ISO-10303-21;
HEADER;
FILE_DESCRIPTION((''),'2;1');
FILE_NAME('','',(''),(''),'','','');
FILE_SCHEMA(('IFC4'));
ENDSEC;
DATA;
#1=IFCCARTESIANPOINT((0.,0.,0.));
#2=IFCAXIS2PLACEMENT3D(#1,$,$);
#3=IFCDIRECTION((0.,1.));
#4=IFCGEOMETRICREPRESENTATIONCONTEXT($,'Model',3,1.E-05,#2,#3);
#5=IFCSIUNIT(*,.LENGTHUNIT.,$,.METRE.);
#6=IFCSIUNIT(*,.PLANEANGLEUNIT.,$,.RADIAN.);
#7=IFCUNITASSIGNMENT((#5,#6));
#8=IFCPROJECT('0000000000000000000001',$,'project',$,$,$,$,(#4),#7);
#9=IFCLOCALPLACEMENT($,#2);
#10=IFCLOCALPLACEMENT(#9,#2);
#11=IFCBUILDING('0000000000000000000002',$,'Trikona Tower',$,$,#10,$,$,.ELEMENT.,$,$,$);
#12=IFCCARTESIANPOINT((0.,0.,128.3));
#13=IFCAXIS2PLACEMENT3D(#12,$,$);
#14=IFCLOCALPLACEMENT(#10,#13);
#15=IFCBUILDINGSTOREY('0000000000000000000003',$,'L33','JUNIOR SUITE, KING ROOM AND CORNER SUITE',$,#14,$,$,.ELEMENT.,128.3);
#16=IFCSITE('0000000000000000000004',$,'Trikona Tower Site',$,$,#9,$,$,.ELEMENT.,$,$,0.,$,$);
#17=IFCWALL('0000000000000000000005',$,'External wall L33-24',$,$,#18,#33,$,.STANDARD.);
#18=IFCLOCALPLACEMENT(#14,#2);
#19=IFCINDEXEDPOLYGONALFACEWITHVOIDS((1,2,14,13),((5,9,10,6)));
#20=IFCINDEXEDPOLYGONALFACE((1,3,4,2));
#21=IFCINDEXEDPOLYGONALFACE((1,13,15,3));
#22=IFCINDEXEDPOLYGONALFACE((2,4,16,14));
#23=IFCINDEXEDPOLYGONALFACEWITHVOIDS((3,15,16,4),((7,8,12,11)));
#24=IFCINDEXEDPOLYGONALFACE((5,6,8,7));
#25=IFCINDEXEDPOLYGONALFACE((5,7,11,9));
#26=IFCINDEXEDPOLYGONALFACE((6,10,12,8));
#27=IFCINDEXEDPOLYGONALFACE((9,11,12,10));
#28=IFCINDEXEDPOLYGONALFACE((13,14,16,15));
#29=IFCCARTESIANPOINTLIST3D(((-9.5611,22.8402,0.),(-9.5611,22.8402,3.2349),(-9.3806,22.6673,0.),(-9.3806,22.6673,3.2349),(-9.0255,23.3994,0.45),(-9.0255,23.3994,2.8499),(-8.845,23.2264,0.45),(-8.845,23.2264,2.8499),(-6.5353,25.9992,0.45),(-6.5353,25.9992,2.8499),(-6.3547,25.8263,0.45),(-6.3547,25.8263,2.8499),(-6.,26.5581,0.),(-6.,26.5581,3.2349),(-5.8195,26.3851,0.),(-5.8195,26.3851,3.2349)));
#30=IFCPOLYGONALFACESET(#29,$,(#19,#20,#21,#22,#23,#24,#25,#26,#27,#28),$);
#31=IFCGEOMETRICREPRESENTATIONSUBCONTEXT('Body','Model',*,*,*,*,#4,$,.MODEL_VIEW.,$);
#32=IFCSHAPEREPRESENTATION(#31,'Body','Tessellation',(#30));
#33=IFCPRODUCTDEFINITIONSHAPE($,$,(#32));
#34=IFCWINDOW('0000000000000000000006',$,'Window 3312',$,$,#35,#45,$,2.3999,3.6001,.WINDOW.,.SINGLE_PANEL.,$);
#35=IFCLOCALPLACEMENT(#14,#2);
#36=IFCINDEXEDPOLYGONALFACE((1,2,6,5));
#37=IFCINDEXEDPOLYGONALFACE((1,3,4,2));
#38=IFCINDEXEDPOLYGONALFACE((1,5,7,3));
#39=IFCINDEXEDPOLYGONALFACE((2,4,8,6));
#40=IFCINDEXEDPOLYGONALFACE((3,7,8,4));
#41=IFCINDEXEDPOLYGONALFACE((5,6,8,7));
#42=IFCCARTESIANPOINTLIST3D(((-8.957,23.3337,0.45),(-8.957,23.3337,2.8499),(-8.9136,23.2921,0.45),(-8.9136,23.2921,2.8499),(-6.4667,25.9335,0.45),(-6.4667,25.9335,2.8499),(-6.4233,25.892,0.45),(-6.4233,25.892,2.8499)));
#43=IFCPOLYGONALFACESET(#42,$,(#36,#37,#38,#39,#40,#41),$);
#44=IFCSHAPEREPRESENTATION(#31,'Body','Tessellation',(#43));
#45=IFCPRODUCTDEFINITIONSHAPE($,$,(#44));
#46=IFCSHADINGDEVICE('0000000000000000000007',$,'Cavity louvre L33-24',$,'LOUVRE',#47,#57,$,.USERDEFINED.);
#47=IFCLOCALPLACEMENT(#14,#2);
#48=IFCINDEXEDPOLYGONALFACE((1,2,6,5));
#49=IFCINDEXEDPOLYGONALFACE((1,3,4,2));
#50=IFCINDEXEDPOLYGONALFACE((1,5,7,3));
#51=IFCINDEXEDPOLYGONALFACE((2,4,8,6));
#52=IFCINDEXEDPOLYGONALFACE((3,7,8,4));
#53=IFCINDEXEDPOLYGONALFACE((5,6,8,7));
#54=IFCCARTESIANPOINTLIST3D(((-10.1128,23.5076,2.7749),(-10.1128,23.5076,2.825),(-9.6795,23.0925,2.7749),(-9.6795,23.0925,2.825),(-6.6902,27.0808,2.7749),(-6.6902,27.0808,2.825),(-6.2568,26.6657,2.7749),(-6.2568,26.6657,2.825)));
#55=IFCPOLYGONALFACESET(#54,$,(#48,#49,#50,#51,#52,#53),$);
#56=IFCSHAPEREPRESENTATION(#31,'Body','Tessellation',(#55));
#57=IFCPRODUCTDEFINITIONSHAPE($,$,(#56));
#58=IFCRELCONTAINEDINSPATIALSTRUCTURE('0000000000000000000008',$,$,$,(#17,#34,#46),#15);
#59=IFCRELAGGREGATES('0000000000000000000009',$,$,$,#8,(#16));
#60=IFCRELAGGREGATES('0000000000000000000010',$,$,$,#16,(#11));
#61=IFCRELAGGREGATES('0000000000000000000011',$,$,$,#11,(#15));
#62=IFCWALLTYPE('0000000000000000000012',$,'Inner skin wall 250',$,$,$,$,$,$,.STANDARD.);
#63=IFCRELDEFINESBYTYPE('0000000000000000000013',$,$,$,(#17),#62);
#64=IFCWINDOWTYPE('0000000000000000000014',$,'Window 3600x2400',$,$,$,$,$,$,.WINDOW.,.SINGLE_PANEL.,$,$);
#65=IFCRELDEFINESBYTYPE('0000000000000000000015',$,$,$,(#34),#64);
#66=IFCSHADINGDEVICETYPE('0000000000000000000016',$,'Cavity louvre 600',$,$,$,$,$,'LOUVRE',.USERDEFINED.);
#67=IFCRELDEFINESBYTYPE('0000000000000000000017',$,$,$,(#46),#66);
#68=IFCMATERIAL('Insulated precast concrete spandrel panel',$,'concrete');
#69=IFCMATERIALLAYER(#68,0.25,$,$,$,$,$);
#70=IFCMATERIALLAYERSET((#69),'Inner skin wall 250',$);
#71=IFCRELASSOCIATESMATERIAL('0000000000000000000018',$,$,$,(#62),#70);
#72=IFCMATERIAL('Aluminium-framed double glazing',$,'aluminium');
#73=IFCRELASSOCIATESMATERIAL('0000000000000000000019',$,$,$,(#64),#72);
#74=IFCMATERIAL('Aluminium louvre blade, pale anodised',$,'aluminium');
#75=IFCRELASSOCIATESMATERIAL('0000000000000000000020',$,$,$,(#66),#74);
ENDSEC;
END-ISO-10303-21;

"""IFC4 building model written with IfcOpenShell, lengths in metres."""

from ifc_helpers import new_model, si_unit, direction, frame, frame_2d, origin, origin_2d, place, context, subcontext, project, spatial, rectangle, extrude, material, layer, layer_set, type_object, element, fill, save


model = new_model("IFC4")

# Units and contexts
model_context = context("Model", 3, precision=1e-05, world=origin(), true_north=direction((0.0, 1.0)))
body_context = subcontext(model_context, "Body", "Model", "MODEL_VIEW")
ifc_project = project(units=[si_unit("LENGTHUNIT", "METRE"), si_unit("PLANEANGLEUNIT", "RADIAN")], contexts=[model_context])

# Site, building, storey
site_placement = place(None, origin())
site = spatial("IfcSite", under=ifc_project, at=site_placement, Name="Trikona Tower Site", CompositionType="ELEMENT", RefElevation=0.0)
building_placement = place(site_placement, origin())
building = spatial("IfcBuilding", under=site, at=building_placement, Name="Trikona Tower", CompositionType="ELEMENT")
storey_placement = place(building_placement, frame((0.0, 0.0, 128.3)))
storey = spatial("IfcBuildingStorey", under=building, at=storey_placement, Name="L33", Description="JUNIOR SUITE, KING ROOM AND CORNER SUITE", CompositionType="ELEMENT", Elevation=128.3)

# Wall, opening, window
ifc_material_1 = material(Name="Insulated precast concrete spandrel panel", Category="concrete")
ifc_layer_1 = layer(ifc_material_1, 0.25)
ifc_layer_set_1 = layer_set([ifc_layer_1], Name="Inner skin wall 250")
wall_type_1 = type_object("IfcWallType", Name="Inner skin wall 250", PredefinedType="STANDARD", material=ifc_layer_set_1)
wall_1_placement = place(storey_placement, frame((-5.9097, 26.4717, 0.0), z_axis=(0.0, 0.0, 1.0), x_axis=(-0.69172, -0.722166, 0.0)))
wall_1 = element("IfcWall", 1, at=wall_1_placement, inside=storey, type_object=wall_type_1, Name="External wall L33-24", PredefinedType="STANDARD", context=body_context, shape_type="SweptSolid", body=[
    extrude(rectangle(XDim=5.1482, YDim=0.25, at=frame_2d((2.5742, 0.0))), origin(), (0.0, 0.0, 1.0), 3.2349),
])
opening_1_placement = place(wall_1_placement, frame((0.7739, 0.0, 0.45)))
opening_1 = element("IfcOpeningElement", 2, at=opening_1_placement, cuts=wall_1, PredefinedType="OPENING", context=body_context, shape_type="SweptSolid", body=[
    extrude(rectangle(XDim=3.6001, YDim=2.3999, at=frame_2d((1.8, 1.2))), frame((0.0, 0.135, 0.0), z_axis=(0.0, -1.0, 0.0), x_axis=(1.0, 0.0, 0.0)), (0.0, 0.0, 1.0), 0.27),
])
ifc_material_2 = material(Name="Aluminium-framed double glazing", Category="aluminium")
window_type_1 = type_object("IfcWindowType", Name="Window 3600x2400", PartitioningType="SINGLE_PANEL", PredefinedType="WINDOW", material=ifc_material_2)
window_1_placement = place(opening_1_placement, origin())
window_1 = element("IfcWindow", 3, at=window_1_placement, inside=storey, type_object=window_type_1, Name="Window 3312", OverallHeight=2.3999, OverallWidth=3.6001, PartitioningType="SINGLE_PANEL", PredefinedType="WINDOW", context=body_context, shape_type="SweptSolid", body=[
    extrude(rectangle(XDim=3.6001, YDim=2.3999, at=frame_2d((1.8, 1.2))), frame((0.0, 0.03, 0.0), z_axis=(0.0, -1.0, 0.0), x_axis=(1.0, 0.0, 0.0)), (0.0, 0.0, 1.0), 0.0601),
])
fill(opening_1, window_1)

# Shading device
ifc_material_3 = material(Name="Aluminium louvre blade, pale anodised", Category="aluminium")
shading_device_type = type_object("IfcShadingDeviceType", Name="Cavity louvre 600", ElementType="LOUVRE", PredefinedType="USERDEFINED", material=ifc_material_3)
shading_device_placement = place(storey_placement, frame((-8.1848, 25.0867, 2.7749), z_axis=(0.0, 0.0, 1.0), x_axis=(-0.691724, -0.722162, 0.0)))
element("IfcShadingDevice", 4, at=shading_device_placement, inside=storey, type_object=shading_device_type, Name="Cavity louvre L33-24", ObjectType="LOUVRE", PredefinedType="USERDEFINED", context=body_context, shape_type="SweptSolid", body=[
    extrude(rectangle(XDim=4.948, YDim=0.6001, at=origin_2d()), origin(), (0.0, 0.0, 1.0), 0.05),
])

save(model, "model.ifc")
